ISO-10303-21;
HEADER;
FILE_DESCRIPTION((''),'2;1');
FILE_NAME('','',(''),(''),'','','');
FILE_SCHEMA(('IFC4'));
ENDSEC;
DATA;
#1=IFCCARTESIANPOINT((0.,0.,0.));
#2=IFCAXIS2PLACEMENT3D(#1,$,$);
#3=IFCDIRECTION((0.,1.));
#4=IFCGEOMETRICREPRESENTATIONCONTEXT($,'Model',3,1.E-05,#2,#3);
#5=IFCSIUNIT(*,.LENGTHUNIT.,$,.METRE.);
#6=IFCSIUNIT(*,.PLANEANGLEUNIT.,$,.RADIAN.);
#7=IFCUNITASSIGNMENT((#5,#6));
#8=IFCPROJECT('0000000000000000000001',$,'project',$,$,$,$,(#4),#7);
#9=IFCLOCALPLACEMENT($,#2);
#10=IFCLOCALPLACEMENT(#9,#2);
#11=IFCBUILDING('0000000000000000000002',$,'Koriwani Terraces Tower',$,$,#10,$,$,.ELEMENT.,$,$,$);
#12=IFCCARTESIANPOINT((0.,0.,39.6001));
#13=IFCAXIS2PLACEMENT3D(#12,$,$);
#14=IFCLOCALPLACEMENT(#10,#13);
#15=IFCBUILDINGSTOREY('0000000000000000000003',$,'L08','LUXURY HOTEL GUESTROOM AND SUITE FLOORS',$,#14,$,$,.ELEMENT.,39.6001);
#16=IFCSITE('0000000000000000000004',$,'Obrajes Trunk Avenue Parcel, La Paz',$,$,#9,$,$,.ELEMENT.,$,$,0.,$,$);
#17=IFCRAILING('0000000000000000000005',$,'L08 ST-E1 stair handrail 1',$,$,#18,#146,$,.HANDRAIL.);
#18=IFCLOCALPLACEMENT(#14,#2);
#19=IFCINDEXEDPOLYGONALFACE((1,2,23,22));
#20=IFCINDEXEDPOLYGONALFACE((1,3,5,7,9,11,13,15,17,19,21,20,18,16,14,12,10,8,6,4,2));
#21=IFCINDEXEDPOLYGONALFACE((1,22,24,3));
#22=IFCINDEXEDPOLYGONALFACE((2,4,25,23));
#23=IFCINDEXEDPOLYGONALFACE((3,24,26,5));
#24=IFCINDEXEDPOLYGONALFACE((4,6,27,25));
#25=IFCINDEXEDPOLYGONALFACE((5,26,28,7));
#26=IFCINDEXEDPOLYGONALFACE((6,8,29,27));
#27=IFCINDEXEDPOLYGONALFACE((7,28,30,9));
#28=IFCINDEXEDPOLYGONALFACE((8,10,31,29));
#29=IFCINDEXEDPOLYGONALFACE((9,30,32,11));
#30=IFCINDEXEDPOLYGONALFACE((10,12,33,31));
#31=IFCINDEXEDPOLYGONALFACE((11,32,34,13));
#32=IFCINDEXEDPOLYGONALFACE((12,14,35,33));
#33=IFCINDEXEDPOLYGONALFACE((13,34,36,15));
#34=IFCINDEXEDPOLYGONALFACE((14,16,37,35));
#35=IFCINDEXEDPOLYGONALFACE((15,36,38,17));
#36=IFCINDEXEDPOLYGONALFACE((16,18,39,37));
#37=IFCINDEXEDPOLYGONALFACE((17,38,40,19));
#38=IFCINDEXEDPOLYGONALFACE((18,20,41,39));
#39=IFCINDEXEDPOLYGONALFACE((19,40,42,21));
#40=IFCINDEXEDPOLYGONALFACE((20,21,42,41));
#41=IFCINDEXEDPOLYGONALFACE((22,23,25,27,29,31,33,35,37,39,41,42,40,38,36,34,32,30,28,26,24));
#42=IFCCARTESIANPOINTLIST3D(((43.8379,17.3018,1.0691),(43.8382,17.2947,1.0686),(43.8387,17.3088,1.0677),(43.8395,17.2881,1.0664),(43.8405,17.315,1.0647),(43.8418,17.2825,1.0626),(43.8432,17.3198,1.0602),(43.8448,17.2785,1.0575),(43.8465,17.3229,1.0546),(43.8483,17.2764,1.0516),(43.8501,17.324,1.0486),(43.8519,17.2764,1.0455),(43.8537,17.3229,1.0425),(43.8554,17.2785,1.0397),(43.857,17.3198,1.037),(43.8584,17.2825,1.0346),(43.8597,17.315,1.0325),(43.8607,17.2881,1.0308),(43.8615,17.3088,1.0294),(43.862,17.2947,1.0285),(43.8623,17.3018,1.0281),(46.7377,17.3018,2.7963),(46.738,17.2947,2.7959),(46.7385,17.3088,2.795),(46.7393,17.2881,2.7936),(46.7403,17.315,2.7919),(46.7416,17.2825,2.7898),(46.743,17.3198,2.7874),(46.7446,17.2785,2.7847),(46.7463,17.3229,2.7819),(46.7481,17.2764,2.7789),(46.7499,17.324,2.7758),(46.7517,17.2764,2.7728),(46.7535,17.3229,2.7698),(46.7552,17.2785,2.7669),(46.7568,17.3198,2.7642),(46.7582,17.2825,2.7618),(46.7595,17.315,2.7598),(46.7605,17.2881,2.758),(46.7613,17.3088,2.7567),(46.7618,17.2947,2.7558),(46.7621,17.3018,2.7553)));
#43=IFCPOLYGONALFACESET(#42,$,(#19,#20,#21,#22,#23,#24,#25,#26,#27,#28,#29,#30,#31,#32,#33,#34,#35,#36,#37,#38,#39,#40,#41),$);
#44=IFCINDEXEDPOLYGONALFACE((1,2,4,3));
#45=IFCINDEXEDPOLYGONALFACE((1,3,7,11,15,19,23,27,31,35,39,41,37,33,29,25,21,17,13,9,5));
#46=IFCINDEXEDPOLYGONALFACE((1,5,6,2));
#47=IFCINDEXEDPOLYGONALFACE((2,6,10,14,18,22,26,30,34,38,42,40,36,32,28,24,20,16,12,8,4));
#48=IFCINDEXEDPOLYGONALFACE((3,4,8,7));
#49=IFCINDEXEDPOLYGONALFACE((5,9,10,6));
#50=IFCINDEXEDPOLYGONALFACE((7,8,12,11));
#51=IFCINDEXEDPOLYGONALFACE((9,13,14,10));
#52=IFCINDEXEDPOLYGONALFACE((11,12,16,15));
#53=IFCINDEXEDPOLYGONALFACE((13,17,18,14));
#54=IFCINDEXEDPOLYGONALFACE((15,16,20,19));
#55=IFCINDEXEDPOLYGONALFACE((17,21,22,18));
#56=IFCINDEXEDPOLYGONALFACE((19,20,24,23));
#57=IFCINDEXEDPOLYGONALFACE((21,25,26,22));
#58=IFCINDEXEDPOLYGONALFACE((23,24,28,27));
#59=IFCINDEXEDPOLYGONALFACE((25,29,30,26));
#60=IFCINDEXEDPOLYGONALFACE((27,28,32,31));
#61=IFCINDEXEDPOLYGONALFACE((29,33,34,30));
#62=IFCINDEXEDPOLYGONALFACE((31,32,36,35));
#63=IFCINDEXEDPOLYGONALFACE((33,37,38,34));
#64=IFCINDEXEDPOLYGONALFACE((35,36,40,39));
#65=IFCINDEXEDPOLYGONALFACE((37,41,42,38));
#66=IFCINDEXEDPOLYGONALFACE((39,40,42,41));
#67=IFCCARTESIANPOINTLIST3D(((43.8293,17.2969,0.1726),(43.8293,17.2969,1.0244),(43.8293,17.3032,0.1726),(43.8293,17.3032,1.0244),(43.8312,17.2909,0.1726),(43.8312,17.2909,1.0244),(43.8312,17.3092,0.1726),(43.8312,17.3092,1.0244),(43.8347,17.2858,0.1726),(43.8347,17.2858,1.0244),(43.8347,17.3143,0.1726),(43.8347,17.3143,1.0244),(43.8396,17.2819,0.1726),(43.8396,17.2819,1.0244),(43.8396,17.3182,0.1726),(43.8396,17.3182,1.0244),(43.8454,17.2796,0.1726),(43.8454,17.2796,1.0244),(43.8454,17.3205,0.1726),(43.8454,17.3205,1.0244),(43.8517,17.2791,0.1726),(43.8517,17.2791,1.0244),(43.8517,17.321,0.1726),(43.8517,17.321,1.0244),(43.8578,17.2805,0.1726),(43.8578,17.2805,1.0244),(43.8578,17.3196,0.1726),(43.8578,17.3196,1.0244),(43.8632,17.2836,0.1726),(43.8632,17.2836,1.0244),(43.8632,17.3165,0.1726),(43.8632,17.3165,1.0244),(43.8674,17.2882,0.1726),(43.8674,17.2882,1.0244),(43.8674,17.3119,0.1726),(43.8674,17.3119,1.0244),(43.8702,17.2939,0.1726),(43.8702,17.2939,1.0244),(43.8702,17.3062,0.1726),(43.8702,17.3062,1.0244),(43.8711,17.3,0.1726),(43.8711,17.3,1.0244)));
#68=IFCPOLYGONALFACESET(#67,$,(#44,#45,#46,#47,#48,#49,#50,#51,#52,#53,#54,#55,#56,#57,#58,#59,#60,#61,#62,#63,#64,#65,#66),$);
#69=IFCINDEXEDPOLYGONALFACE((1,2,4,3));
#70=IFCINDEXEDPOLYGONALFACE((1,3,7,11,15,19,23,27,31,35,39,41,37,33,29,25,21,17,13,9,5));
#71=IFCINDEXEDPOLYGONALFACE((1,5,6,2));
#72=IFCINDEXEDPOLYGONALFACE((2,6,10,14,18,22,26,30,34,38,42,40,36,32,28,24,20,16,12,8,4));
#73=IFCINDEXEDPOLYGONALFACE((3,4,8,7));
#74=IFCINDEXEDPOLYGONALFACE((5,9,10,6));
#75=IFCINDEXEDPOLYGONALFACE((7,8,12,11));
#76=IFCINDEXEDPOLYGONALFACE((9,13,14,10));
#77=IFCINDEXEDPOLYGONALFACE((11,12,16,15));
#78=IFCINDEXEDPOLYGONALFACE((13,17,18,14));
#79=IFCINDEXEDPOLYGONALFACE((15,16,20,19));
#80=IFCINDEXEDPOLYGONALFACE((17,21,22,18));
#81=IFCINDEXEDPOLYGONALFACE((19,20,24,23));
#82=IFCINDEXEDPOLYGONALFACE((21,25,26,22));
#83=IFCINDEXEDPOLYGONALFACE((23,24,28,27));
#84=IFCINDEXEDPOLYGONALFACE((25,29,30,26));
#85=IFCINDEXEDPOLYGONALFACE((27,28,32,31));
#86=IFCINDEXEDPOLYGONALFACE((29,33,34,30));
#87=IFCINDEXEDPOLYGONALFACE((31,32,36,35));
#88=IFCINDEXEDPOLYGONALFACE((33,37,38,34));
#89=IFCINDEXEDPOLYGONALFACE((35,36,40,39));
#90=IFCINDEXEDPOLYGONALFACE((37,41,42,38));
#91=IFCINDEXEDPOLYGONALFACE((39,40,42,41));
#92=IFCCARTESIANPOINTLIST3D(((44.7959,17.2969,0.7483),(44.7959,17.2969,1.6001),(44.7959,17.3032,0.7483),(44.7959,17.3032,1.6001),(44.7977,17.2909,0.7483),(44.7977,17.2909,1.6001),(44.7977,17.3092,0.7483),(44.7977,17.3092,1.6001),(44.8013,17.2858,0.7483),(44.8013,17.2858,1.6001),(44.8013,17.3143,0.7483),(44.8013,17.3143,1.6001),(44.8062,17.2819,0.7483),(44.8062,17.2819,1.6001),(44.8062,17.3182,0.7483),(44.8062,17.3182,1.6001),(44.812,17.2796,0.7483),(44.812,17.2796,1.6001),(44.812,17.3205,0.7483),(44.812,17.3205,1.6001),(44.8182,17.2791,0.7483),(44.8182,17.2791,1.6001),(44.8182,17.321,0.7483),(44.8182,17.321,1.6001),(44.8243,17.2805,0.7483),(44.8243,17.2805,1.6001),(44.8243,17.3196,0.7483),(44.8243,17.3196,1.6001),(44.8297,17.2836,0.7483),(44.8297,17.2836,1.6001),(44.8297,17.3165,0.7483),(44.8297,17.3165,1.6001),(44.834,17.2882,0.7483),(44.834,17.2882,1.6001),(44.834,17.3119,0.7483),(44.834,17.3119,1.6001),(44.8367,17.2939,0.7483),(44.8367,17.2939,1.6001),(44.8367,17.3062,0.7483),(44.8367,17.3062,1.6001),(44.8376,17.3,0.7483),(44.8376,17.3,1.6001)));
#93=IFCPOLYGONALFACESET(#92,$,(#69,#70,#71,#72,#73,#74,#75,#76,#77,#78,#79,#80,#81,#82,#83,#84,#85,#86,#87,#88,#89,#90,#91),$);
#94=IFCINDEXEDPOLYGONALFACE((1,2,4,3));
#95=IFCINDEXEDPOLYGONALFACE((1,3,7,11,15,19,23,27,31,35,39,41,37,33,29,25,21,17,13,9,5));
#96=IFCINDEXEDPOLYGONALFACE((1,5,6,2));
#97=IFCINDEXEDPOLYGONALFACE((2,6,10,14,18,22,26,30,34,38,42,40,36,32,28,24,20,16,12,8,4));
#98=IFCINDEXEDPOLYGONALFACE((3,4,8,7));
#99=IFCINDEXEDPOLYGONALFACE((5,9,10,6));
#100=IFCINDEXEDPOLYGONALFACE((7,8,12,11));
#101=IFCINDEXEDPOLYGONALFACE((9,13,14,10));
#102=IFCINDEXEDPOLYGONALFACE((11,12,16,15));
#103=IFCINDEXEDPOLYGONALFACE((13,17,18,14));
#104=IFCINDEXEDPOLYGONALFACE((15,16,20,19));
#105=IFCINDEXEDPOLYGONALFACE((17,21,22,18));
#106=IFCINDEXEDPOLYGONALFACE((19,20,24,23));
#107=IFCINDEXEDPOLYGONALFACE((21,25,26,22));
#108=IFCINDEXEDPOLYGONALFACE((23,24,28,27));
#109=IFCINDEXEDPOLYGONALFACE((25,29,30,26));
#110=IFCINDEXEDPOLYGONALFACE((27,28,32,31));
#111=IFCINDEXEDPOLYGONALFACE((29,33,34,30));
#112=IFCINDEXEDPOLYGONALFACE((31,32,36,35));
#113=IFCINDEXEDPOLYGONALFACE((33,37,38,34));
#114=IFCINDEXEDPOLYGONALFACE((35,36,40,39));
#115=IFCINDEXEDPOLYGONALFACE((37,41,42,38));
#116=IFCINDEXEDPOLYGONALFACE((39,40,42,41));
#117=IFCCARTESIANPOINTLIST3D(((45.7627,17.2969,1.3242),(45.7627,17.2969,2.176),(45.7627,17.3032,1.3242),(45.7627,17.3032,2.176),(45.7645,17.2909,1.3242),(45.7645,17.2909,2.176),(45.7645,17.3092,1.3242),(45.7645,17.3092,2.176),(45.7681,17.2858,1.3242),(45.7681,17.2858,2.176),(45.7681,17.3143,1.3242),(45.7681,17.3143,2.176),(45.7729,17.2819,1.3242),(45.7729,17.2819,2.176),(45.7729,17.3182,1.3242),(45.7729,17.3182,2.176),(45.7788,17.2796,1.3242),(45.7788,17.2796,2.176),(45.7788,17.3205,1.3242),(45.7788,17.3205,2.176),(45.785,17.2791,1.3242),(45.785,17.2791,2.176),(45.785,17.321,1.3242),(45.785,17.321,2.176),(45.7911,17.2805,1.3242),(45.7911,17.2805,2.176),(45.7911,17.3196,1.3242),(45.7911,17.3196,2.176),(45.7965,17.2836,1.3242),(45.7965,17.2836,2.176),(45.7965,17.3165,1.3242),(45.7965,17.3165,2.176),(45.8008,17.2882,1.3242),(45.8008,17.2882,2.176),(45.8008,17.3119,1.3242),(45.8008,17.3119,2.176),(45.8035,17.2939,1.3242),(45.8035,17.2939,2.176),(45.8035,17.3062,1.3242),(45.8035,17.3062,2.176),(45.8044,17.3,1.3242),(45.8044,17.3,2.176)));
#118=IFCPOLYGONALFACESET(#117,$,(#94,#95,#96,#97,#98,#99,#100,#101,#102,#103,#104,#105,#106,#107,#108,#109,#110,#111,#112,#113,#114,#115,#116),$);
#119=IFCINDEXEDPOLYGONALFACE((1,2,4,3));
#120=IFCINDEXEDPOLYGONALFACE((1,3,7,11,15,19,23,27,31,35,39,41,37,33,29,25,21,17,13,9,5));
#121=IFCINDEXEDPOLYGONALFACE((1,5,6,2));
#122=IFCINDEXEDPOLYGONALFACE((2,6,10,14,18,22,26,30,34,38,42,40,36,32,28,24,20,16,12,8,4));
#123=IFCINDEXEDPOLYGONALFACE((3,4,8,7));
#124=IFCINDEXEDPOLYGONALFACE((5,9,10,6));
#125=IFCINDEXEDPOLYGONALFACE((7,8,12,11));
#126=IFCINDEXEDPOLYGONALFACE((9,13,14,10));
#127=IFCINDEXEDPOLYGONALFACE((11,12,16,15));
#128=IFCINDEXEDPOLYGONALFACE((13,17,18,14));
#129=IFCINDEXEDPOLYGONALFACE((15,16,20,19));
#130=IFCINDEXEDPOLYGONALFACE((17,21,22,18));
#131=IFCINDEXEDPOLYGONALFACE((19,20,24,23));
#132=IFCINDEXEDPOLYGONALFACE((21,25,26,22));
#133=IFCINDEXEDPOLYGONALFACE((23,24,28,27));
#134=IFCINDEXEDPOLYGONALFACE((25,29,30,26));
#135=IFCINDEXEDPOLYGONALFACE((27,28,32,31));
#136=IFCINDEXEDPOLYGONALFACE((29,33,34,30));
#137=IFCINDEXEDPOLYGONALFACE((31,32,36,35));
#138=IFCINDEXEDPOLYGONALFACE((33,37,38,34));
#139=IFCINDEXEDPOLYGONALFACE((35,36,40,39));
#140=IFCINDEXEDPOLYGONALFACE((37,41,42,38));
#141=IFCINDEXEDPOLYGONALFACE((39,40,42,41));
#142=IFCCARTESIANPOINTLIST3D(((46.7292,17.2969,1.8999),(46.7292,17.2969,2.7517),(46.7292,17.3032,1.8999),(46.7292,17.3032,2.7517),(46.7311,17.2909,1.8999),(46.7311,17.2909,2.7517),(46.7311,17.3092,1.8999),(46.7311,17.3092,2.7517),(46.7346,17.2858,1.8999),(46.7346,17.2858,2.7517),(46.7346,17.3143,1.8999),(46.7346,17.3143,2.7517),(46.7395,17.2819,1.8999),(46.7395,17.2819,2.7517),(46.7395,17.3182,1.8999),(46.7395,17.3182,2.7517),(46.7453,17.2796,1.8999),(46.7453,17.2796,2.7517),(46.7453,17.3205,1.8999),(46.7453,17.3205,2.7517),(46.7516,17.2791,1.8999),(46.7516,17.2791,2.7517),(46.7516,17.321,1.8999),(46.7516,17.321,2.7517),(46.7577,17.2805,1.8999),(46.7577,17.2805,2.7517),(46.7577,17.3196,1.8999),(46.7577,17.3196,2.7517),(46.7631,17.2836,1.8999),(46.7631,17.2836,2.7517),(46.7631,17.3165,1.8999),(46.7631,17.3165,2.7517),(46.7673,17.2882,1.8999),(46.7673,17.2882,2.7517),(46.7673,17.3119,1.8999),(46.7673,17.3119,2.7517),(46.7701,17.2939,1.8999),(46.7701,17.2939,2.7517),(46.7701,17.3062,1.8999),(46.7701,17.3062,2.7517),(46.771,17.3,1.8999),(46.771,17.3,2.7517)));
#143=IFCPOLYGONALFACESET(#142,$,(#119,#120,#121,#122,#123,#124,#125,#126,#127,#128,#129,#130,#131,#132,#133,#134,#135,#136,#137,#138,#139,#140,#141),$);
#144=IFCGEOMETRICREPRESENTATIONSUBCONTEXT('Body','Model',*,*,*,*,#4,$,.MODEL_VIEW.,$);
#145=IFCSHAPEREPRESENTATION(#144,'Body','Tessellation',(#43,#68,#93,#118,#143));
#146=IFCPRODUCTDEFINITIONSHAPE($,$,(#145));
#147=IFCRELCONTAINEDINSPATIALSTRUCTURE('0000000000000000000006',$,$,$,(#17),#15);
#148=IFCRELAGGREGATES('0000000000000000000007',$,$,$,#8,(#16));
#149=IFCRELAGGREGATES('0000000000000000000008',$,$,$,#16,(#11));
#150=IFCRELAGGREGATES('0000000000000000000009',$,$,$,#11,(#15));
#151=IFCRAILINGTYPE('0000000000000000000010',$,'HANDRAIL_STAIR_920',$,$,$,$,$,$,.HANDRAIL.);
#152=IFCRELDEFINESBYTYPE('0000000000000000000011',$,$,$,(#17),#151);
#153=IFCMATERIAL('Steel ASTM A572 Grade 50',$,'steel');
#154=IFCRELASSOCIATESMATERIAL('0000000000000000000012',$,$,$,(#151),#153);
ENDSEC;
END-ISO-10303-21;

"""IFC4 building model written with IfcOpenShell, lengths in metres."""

from ifc_helpers import new_model, si_unit, direction, frame, origin, origin_2d, place, context, subcontext, project, spatial, circle, extrude, material, type_object, element, save


model = new_model("IFC4")

# Units and contexts
model_context = context("Model", 3, precision=1e-05, world=origin(), true_north=direction((0.0, 1.0)))
body_context = subcontext(model_context, "Body", "Model", "MODEL_VIEW")
ifc_project = project(units=[si_unit("LENGTHUNIT", "METRE"), si_unit("PLANEANGLEUNIT", "RADIAN")], contexts=[model_context])

# Site, building, storey
site_placement = place(None, origin())
site = spatial("IfcSite", under=ifc_project, at=site_placement, Name="Obrajes Trunk Avenue Parcel, La Paz", CompositionType="ELEMENT", RefElevation=0.0)
building_placement = place(site_placement, origin())
building = spatial("IfcBuilding", under=site, at=building_placement, Name="Koriwani Terraces Tower", CompositionType="ELEMENT")
storey_placement = place(building_placement, frame((0.0, 0.0, 39.6001)))
storey = spatial("IfcBuildingStorey", under=building, at=storey_placement, Name="L08", Description="LUXURY HOTEL GUESTROOM AND SUITE FLOORS", CompositionType="ELEMENT", Elevation=39.6001)

# Shared definitions
ifc_material_1 = material(Name="Steel ASTM A572 Grade 50", Category="steel")

# Railing
railing_type_1 = type_object("IfcRailingType", Name="HANDRAIL_STAIR_920", PredefinedType="HANDRAIL", material=ifc_material_1)
railing_1_placement = place(storey_placement, frame((43.8501, 17.3, 0.1726)))
element("IfcRailing", 1, at=railing_1_placement, inside=storey, type_object=railing_type_1, Name="L08 ST-E1 stair handrail 1", PredefinedType="HANDRAIL", context=body_context, shape_type="SweptSolid", body=[
    extrude(circle(Radius=0.0239, at=origin_2d()), frame((0.0, 0.0, 0.876), z_axis=(0.859141, 0.0, 0.511738), x_axis=(0.0, 1.0, 0.0)), (0.0, 0.0, 1.0), 3.3752),
    extrude(circle(Radius=0.021, at=origin_2d()), origin(), (0.0, 0.0, 1.0), 0.8518),
    extrude(circle(Radius=0.021, at=origin_2d()), frame((0.9666, 0.0, 0.5757)), (0.0, 0.0, 1.0), 0.8518),
    extrude(circle(Radius=0.021, at=origin_2d()), frame((1.9333, 0.0, 1.1516)), (0.0, 0.0, 1.0), 0.8518),
    extrude(circle(Radius=0.021, at=origin_2d()), frame((2.8999, 0.0, 1.7273)), (0.0, 0.0, 1.0), 0.8518),
])

save(model, "model.ifc")
